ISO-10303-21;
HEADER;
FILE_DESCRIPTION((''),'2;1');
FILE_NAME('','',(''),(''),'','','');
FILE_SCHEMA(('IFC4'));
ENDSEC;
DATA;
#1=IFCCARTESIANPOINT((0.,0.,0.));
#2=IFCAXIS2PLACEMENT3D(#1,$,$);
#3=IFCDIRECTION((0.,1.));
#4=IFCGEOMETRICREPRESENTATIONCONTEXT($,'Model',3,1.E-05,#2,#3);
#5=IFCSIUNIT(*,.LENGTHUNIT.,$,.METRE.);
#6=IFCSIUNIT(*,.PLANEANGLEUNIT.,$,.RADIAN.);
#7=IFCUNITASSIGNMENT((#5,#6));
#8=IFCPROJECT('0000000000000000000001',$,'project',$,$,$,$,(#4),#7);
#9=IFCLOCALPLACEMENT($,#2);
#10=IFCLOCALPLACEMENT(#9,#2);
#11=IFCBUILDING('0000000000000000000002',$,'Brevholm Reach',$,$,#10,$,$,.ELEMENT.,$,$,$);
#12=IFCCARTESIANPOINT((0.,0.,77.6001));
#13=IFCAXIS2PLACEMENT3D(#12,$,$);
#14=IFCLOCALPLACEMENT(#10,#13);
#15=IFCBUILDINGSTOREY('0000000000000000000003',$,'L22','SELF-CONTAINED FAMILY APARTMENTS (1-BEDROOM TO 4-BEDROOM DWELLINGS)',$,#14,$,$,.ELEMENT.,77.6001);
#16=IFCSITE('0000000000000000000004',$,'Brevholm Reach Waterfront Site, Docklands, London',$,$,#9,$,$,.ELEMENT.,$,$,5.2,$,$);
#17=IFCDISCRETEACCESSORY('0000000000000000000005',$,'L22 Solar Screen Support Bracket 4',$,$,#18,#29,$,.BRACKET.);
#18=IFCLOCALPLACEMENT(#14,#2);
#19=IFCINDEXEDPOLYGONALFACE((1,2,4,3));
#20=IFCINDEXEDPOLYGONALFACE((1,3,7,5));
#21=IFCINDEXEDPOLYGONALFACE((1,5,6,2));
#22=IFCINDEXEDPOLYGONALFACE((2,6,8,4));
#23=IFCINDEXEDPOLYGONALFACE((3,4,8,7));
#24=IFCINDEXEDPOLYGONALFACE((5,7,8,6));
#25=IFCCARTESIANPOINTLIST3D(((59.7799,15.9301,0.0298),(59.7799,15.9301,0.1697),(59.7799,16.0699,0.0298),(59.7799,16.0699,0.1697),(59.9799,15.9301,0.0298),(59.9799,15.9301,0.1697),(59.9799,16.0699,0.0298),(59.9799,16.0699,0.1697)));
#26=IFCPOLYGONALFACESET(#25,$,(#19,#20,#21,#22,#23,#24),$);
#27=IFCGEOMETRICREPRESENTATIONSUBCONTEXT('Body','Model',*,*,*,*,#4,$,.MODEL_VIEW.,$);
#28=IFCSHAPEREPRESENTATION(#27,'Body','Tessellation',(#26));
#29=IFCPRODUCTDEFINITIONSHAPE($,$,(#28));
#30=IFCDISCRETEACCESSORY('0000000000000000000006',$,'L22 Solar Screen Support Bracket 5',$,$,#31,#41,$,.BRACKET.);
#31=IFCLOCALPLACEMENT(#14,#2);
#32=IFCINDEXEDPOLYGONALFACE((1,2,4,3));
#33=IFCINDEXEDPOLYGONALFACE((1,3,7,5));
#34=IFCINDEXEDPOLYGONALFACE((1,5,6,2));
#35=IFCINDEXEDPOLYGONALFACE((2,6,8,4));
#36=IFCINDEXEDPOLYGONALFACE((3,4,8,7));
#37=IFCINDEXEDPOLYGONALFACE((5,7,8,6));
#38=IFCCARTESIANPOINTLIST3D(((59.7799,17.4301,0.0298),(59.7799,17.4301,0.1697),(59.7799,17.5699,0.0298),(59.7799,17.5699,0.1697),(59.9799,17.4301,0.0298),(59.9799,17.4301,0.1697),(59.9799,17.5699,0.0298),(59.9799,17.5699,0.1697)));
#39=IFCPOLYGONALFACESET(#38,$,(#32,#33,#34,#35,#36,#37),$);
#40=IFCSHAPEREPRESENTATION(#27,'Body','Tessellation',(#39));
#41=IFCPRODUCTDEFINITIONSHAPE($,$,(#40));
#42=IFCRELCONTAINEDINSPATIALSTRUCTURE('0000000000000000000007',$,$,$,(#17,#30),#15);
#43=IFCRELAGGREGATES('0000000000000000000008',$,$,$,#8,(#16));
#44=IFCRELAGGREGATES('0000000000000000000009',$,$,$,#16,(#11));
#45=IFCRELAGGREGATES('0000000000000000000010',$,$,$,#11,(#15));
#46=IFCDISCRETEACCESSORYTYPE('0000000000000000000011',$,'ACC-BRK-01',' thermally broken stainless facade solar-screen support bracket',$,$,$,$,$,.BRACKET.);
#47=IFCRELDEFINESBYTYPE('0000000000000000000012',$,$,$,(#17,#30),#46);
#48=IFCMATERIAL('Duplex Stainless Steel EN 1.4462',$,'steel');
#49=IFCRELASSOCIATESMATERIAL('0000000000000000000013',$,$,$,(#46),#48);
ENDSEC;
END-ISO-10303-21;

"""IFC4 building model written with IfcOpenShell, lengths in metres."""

from ifc_helpers import new_model, si_unit, direction, frame, origin, origin_2d, place, context, subcontext, project, spatial, rectangle, extrude, material, type_object, element, save


model = new_model("IFC4")

# Units and contexts
model_context = context("Model", 3, precision=1e-05, world=origin(), true_north=direction((0.0, 1.0)))
body_context = subcontext(model_context, "Body", "Model", "MODEL_VIEW")
ifc_project = project(units=[si_unit("LENGTHUNIT", "METRE"), si_unit("PLANEANGLEUNIT", "RADIAN")], contexts=[model_context])

# Site, building, storey
site_placement = place(None, origin())
site = spatial("IfcSite", under=ifc_project, at=site_placement, Name="Brevholm Reach Waterfront Site, Docklands, London", CompositionType="ELEMENT", RefElevation=5.2)
building_placement = place(site_placement, origin())
building = spatial("IfcBuilding", under=site, at=building_placement, Name="Brevholm Reach", CompositionType="ELEMENT")
storey_placement = place(building_placement, frame((0.0, 0.0, 77.6001)))
storey = spatial("IfcBuildingStorey", under=building, at=storey_placement, Name="L22", Description="SELF-CONTAINED FAMILY APARTMENTS (1-BEDROOM TO 4-BEDROOM DWELLINGS)", CompositionType="ELEMENT", Elevation=77.6001)

# Discrete accessories
ifc_material_1 = material(Name="Duplex Stainless Steel EN 1.4462", Category="steel")
discrete_accessory_type = type_object("IfcDiscreteAccessoryType", Name="ACC-BRK-01", Description=" thermally broken stainless facade solar-screen support bracket", PredefinedType="BRACKET", material=ifc_material_1)
for number, where, z_axis, x_axis, name in (
    (1, (59.8799, 16.0, 0.0298), (0.0, 0.0, 1.0), (1.0, 0.0, 0.0), "L22 Solar Screen Support Bracket 4"),
    (2, (59.8799, 17.5, 0.0298), (0.0, 0.0, 1.0), (1.0, 0.0, 0.0), "L22 Solar Screen Support Bracket 5"),
):
    element("IfcDiscreteAccessory", number, at=place(storey_placement, frame(where, z_axis=z_axis, x_axis=x_axis)), inside=storey, type_object=discrete_accessory_type, Name=name, PredefinedType="BRACKET", context=body_context, shape_type="SweptSolid", body=[
        extrude(rectangle(XDim=0.2, YDim=0.1399, at=origin_2d()), origin(), (0.0, 0.0, 1.0), 0.1399),
    ])

save(model, "model.ifc")
